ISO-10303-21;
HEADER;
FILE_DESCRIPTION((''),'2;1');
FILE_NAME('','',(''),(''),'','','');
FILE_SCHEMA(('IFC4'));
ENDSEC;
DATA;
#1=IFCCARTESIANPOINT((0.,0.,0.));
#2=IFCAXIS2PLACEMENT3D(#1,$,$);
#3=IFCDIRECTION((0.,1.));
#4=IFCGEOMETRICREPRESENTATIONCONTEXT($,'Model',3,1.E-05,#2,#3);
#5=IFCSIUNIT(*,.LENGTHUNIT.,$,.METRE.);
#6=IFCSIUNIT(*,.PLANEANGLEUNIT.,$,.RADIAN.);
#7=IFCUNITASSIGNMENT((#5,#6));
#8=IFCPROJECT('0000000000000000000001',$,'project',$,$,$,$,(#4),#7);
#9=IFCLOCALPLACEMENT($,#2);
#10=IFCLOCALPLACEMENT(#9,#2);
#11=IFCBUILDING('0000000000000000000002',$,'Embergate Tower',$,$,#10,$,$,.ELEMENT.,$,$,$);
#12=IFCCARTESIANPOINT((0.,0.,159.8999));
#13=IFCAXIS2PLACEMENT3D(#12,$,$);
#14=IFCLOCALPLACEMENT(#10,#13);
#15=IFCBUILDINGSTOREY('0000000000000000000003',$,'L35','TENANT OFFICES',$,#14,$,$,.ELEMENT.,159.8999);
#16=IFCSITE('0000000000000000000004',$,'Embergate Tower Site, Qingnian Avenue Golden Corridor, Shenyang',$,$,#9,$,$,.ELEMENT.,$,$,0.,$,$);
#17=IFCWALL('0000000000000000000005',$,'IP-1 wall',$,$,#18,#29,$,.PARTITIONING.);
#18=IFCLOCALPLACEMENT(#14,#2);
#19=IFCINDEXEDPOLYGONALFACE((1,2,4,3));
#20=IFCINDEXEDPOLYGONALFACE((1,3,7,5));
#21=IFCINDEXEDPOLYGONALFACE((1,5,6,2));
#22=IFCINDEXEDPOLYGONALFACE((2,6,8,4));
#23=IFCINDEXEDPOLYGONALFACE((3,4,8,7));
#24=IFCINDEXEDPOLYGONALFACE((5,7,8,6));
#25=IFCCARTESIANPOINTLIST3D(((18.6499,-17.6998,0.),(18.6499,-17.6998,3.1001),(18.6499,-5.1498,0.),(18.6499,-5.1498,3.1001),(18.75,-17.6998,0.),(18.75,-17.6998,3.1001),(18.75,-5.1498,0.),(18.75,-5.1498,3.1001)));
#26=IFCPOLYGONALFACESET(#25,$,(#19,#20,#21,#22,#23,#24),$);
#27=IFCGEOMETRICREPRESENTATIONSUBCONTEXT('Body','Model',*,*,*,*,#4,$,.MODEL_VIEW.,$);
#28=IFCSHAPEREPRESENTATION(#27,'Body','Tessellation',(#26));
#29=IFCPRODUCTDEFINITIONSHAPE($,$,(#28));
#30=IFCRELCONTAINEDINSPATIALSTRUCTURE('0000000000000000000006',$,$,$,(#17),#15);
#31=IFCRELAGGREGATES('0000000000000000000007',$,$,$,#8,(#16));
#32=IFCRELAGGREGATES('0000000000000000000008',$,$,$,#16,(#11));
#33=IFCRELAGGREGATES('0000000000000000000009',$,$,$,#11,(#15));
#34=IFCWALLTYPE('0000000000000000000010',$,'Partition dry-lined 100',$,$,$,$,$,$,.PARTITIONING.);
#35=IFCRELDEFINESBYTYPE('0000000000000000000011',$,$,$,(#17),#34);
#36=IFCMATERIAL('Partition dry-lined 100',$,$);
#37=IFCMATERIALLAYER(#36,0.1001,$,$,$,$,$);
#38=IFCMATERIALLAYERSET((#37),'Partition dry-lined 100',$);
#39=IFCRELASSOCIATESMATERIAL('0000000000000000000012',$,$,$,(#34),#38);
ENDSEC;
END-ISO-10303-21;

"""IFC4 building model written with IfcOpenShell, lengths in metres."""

from ifc_helpers import new_model, si_unit, direction, frame, frame_2d, origin, place, context, subcontext, project, spatial, rectangle, extrude, source, transform, mapped, material, layer, layer_set, type_object, element, save


model = new_model("IFC4")

# Units and contexts
model_context = context("Model", 3, precision=1e-05, world=origin(), true_north=direction((0.0, 1.0)))
body_context = subcontext(model_context, "Body", "Model", "MODEL_VIEW")
ifc_project = project(units=[si_unit("LENGTHUNIT", "METRE"), si_unit("PLANEANGLEUNIT", "RADIAN")], contexts=[model_context])

# Site, building, storey
site_placement = place(None, origin())
site = spatial("IfcSite", under=ifc_project, at=site_placement, Name="Embergate Tower Site, Qingnian Avenue Golden Corridor, Shenyang", CompositionType="ELEMENT", RefElevation=0.0)
building_placement = place(site_placement, origin())
building = spatial("IfcBuilding", under=site, at=building_placement, Name="Embergate Tower", CompositionType="ELEMENT")
storey_placement = place(building_placement, frame((0.0, 0.0, 159.8999)))
storey = spatial("IfcBuildingStorey", under=building, at=storey_placement, Name="L35", Description="TENANT OFFICES", CompositionType="ELEMENT", Elevation=159.8999)

# Wall
ifc_material_1 = material(Name="Partition dry-lined 100")
ifc_layer_1 = layer(ifc_material_1, 0.1001)
ifc_layer_set_1 = layer_set([ifc_layer_1], Name="Partition dry-lined 100")
wall_type_1 = type_object("IfcWallType", Name="Partition dry-lined 100", PredefinedType="PARTITIONING", material=ifc_layer_set_1)
shared_shape_1 = source(origin(), body_context, "Body", "SweptSolid", [
    extrude(rectangle(XDim=12.55, YDim=0.1001, at=frame_2d((6.2749, 0.0))), origin(), (0.0, 0.0, 1.0), 3.1001),
])
wall_1_placement = place(storey_placement, frame((18.7, -5.1499, 0.0), z_axis=(0.0, 0.0, 1.0), x_axis=(0.0, -1.0, 0.0)))
element("IfcWall", 1, at=wall_1_placement, inside=storey, type_object=wall_type_1, Name="IP-1 wall", PredefinedType="PARTITIONING", context=body_context, shape_type="MappedRepresentation", body=[
    mapped(shared_shape_1, transform((0.0, 0.0, 0.0))),
])

save(model, "model.ifc")
